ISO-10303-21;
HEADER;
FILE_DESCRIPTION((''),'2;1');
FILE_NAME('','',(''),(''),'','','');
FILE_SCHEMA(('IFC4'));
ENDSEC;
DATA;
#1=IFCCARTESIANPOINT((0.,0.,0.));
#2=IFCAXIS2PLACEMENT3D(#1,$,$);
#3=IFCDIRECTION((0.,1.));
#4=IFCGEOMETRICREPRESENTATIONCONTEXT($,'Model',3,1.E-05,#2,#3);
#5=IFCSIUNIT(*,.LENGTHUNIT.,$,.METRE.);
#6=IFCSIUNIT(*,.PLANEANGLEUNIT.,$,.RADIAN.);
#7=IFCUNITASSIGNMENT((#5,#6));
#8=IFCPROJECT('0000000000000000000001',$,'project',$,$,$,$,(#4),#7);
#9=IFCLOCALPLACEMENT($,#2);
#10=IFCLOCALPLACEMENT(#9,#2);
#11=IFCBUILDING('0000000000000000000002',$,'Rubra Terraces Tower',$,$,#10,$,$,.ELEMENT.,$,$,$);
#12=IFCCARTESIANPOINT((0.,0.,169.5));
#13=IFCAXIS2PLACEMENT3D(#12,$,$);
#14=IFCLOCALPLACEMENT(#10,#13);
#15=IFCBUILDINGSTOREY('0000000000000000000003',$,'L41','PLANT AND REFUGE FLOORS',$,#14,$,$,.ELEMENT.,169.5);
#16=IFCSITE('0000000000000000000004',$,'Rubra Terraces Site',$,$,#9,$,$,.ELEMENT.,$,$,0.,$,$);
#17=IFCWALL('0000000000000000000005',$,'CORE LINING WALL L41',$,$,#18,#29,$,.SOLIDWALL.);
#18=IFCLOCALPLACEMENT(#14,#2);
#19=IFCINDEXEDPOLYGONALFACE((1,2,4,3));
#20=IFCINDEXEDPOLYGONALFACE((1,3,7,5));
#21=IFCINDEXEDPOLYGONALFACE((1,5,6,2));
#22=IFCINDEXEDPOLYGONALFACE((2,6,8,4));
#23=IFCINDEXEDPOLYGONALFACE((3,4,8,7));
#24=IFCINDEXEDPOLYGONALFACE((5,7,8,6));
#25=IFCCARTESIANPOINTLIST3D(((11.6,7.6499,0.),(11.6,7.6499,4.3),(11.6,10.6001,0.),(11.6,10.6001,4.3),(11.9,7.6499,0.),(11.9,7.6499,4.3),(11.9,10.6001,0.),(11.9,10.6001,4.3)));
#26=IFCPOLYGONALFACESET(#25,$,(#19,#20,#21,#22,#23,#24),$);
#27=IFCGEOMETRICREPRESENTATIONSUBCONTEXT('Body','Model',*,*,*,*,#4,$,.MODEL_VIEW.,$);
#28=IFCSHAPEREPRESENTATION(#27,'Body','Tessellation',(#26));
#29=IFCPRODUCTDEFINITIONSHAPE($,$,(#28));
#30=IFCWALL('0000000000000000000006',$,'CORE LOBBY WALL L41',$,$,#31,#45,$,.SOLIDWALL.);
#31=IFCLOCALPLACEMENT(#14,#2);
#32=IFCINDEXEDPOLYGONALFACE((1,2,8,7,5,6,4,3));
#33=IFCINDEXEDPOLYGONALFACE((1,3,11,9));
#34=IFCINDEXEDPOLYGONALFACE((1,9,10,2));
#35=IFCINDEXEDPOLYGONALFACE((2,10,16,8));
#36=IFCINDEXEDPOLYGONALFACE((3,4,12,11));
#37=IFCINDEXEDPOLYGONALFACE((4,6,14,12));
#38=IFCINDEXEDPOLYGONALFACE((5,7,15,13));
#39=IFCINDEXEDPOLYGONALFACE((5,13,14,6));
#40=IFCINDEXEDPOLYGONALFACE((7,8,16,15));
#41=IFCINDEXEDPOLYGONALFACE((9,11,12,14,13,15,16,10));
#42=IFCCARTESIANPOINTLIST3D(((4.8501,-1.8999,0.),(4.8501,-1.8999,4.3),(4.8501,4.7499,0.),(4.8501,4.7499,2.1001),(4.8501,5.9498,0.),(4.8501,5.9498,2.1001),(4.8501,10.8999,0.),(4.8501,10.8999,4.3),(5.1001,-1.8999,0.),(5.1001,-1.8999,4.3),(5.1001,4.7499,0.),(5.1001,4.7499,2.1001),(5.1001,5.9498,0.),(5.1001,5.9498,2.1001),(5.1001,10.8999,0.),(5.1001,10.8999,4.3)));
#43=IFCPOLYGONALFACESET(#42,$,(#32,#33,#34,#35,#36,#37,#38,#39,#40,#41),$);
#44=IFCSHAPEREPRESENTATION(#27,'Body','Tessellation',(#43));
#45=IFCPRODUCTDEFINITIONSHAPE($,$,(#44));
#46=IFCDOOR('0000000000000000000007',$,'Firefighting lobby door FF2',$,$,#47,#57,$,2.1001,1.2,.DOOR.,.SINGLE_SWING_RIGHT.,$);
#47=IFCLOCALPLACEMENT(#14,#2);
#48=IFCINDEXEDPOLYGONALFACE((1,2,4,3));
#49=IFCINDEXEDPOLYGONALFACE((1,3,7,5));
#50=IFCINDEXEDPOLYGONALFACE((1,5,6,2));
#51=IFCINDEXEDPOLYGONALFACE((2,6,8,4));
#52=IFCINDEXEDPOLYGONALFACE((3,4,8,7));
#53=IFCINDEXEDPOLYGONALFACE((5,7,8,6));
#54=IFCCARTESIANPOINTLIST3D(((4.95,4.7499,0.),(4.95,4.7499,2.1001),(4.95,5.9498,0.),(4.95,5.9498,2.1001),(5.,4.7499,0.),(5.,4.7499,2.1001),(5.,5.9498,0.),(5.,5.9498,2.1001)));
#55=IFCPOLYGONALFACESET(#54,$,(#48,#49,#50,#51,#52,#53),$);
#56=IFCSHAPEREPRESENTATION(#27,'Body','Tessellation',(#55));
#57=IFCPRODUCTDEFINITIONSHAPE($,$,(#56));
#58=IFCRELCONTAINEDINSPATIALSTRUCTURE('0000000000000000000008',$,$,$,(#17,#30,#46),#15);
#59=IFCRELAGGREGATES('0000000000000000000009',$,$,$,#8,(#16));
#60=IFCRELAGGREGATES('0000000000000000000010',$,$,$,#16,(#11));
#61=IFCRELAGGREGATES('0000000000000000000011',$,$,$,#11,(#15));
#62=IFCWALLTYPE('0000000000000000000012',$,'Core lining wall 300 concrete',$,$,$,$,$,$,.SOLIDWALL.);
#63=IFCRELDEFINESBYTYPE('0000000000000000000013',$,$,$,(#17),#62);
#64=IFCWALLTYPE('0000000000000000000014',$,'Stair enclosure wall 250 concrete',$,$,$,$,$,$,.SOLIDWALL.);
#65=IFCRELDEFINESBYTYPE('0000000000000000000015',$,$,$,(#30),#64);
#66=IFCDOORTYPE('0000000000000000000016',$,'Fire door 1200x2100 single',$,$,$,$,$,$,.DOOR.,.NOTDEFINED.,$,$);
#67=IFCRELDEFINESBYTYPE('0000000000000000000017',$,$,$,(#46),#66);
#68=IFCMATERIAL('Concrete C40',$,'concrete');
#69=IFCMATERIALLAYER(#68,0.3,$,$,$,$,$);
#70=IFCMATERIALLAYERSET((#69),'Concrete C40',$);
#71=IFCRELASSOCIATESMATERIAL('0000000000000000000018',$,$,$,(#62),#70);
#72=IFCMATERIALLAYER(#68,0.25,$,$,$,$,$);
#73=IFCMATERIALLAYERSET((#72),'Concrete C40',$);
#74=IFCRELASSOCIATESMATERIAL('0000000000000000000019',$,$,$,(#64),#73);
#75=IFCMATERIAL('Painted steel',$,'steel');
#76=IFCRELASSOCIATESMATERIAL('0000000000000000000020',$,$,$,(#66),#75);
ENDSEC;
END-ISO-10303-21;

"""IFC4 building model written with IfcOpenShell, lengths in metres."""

from ifc_helpers import new_model, si_unit, direction, frame, frame_2d, origin, place, context, subcontext, project, spatial, rectangle, extrude, material, layer, layer_set, type_object, element, fill, save


model = new_model("IFC4")

# Units and contexts
model_context = context("Model", 3, precision=1e-05, world=origin(), true_north=direction((0.0, 1.0)))
body_context = subcontext(model_context, "Body", "Model", "MODEL_VIEW")
ifc_project = project(units=[si_unit("LENGTHUNIT", "METRE"), si_unit("PLANEANGLEUNIT", "RADIAN")], contexts=[model_context])

# Site, building, storey
site_placement = place(None, origin())
site = spatial("IfcSite", under=ifc_project, at=site_placement, Name="Rubra Terraces Site", CompositionType="ELEMENT", RefElevation=0.0)
building_placement = place(site_placement, origin())
building = spatial("IfcBuilding", under=site, at=building_placement, Name="Rubra Terraces Tower", CompositionType="ELEMENT")
storey_placement = place(building_placement, frame((0.0, 0.0, 169.5)))
storey = spatial("IfcBuildingStorey", under=building, at=storey_placement, Name="L41", Description="PLANT AND REFUGE FLOORS", CompositionType="ELEMENT", Elevation=169.5)

# Wall
ifc_material_1 = material(Name="Concrete C40", Category="concrete")
ifc_layer_1 = layer(ifc_material_1, 0.3)
ifc_layer_set_1 = layer_set([ifc_layer_1], Name="Concrete C40")
wall_type_1 = type_object("IfcWallType", Name="Core lining wall 300 concrete", PredefinedType="SOLIDWALL", material=ifc_layer_set_1)
wall_1_placement = place(storey_placement, frame((11.75, 10.6001, 0.0), z_axis=(0.0, 0.0, 1.0), x_axis=(0.0, -1.0, 0.0)))
element("IfcWall", 1, at=wall_1_placement, inside=storey, type_object=wall_type_1, Name="CORE LINING WALL L41", PredefinedType="SOLIDWALL", context=body_context, shape_type="SweptSolid", body=[
    extrude(rectangle(XDim=2.9502, YDim=0.3, at=frame_2d((1.4751, 0.0))), origin(), (0.0, 0.0, 1.0), 4.3),
])

# Wall, opening, door
ifc_layer_2 = layer(ifc_material_1, 0.25)
ifc_layer_set_2 = layer_set([ifc_layer_2], Name="Concrete C40")
wall_type_2 = type_object("IfcWallType", Name="Stair enclosure wall 250 concrete", PredefinedType="SOLIDWALL", material=ifc_layer_set_2)
wall_2_placement = place(storey_placement, frame((4.9751, 10.8999, 0.0), z_axis=(0.0, 0.0, 1.0), x_axis=(0.0, -1.0, 0.0)))
wall_2 = element("IfcWall", 2, at=wall_2_placement, inside=storey, type_object=wall_type_2, Name="CORE LOBBY WALL L41", PredefinedType="SOLIDWALL", context=body_context, shape_type="SweptSolid", body=[
    extrude(rectangle(XDim=12.7998, YDim=0.25, at=frame_2d((6.3999, 0.0))), origin(), (0.0, 0.0, 1.0), 4.3),
])
opening_1_placement = place(wall_2_placement, frame((4.95, 0.0, 0.0)))
opening_1 = element("IfcOpeningElement", 3, at=opening_1_placement, cuts=wall_2, PredefinedType="OPENING", context=body_context, shape_type="SweptSolid", body=[
    extrude(rectangle(XDim=1.2, YDim=2.1001, at=frame_2d((0.6001, 1.05))), frame((0.0, 0.135, 0.0), z_axis=(0.0, -1.0, 0.0), x_axis=(1.0, 0.0, 0.0)), (0.0, 0.0, 1.0), 0.27),
])
ifc_material_2 = material(Name="Painted steel", Category="steel")
door_type = type_object("IfcDoorType", Name="Fire door 1200x2100 single", OperationType="NOTDEFINED", PredefinedType="DOOR", material=ifc_material_2)
door_placement = place(opening_1_placement, origin())
door = element("IfcDoor", 4, at=door_placement, inside=storey, type_object=door_type, Name="Firefighting lobby door FF2", OperationType="SINGLE_SWING_RIGHT", OverallHeight=2.1001, OverallWidth=1.2, PredefinedType="DOOR", context=body_context, shape_type="SweptSolid", body=[
    extrude(rectangle(XDim=1.2, YDim=2.1001, at=frame_2d((0.6001, 1.05))), frame((0.0, 0.0249, 0.0), z_axis=(0.0, -1.0, 0.0), x_axis=(1.0, 0.0, 0.0)), (0.0, 0.0, 1.0), 0.05),
])
fill(opening_1, door)

save(model, "model.ifc")
